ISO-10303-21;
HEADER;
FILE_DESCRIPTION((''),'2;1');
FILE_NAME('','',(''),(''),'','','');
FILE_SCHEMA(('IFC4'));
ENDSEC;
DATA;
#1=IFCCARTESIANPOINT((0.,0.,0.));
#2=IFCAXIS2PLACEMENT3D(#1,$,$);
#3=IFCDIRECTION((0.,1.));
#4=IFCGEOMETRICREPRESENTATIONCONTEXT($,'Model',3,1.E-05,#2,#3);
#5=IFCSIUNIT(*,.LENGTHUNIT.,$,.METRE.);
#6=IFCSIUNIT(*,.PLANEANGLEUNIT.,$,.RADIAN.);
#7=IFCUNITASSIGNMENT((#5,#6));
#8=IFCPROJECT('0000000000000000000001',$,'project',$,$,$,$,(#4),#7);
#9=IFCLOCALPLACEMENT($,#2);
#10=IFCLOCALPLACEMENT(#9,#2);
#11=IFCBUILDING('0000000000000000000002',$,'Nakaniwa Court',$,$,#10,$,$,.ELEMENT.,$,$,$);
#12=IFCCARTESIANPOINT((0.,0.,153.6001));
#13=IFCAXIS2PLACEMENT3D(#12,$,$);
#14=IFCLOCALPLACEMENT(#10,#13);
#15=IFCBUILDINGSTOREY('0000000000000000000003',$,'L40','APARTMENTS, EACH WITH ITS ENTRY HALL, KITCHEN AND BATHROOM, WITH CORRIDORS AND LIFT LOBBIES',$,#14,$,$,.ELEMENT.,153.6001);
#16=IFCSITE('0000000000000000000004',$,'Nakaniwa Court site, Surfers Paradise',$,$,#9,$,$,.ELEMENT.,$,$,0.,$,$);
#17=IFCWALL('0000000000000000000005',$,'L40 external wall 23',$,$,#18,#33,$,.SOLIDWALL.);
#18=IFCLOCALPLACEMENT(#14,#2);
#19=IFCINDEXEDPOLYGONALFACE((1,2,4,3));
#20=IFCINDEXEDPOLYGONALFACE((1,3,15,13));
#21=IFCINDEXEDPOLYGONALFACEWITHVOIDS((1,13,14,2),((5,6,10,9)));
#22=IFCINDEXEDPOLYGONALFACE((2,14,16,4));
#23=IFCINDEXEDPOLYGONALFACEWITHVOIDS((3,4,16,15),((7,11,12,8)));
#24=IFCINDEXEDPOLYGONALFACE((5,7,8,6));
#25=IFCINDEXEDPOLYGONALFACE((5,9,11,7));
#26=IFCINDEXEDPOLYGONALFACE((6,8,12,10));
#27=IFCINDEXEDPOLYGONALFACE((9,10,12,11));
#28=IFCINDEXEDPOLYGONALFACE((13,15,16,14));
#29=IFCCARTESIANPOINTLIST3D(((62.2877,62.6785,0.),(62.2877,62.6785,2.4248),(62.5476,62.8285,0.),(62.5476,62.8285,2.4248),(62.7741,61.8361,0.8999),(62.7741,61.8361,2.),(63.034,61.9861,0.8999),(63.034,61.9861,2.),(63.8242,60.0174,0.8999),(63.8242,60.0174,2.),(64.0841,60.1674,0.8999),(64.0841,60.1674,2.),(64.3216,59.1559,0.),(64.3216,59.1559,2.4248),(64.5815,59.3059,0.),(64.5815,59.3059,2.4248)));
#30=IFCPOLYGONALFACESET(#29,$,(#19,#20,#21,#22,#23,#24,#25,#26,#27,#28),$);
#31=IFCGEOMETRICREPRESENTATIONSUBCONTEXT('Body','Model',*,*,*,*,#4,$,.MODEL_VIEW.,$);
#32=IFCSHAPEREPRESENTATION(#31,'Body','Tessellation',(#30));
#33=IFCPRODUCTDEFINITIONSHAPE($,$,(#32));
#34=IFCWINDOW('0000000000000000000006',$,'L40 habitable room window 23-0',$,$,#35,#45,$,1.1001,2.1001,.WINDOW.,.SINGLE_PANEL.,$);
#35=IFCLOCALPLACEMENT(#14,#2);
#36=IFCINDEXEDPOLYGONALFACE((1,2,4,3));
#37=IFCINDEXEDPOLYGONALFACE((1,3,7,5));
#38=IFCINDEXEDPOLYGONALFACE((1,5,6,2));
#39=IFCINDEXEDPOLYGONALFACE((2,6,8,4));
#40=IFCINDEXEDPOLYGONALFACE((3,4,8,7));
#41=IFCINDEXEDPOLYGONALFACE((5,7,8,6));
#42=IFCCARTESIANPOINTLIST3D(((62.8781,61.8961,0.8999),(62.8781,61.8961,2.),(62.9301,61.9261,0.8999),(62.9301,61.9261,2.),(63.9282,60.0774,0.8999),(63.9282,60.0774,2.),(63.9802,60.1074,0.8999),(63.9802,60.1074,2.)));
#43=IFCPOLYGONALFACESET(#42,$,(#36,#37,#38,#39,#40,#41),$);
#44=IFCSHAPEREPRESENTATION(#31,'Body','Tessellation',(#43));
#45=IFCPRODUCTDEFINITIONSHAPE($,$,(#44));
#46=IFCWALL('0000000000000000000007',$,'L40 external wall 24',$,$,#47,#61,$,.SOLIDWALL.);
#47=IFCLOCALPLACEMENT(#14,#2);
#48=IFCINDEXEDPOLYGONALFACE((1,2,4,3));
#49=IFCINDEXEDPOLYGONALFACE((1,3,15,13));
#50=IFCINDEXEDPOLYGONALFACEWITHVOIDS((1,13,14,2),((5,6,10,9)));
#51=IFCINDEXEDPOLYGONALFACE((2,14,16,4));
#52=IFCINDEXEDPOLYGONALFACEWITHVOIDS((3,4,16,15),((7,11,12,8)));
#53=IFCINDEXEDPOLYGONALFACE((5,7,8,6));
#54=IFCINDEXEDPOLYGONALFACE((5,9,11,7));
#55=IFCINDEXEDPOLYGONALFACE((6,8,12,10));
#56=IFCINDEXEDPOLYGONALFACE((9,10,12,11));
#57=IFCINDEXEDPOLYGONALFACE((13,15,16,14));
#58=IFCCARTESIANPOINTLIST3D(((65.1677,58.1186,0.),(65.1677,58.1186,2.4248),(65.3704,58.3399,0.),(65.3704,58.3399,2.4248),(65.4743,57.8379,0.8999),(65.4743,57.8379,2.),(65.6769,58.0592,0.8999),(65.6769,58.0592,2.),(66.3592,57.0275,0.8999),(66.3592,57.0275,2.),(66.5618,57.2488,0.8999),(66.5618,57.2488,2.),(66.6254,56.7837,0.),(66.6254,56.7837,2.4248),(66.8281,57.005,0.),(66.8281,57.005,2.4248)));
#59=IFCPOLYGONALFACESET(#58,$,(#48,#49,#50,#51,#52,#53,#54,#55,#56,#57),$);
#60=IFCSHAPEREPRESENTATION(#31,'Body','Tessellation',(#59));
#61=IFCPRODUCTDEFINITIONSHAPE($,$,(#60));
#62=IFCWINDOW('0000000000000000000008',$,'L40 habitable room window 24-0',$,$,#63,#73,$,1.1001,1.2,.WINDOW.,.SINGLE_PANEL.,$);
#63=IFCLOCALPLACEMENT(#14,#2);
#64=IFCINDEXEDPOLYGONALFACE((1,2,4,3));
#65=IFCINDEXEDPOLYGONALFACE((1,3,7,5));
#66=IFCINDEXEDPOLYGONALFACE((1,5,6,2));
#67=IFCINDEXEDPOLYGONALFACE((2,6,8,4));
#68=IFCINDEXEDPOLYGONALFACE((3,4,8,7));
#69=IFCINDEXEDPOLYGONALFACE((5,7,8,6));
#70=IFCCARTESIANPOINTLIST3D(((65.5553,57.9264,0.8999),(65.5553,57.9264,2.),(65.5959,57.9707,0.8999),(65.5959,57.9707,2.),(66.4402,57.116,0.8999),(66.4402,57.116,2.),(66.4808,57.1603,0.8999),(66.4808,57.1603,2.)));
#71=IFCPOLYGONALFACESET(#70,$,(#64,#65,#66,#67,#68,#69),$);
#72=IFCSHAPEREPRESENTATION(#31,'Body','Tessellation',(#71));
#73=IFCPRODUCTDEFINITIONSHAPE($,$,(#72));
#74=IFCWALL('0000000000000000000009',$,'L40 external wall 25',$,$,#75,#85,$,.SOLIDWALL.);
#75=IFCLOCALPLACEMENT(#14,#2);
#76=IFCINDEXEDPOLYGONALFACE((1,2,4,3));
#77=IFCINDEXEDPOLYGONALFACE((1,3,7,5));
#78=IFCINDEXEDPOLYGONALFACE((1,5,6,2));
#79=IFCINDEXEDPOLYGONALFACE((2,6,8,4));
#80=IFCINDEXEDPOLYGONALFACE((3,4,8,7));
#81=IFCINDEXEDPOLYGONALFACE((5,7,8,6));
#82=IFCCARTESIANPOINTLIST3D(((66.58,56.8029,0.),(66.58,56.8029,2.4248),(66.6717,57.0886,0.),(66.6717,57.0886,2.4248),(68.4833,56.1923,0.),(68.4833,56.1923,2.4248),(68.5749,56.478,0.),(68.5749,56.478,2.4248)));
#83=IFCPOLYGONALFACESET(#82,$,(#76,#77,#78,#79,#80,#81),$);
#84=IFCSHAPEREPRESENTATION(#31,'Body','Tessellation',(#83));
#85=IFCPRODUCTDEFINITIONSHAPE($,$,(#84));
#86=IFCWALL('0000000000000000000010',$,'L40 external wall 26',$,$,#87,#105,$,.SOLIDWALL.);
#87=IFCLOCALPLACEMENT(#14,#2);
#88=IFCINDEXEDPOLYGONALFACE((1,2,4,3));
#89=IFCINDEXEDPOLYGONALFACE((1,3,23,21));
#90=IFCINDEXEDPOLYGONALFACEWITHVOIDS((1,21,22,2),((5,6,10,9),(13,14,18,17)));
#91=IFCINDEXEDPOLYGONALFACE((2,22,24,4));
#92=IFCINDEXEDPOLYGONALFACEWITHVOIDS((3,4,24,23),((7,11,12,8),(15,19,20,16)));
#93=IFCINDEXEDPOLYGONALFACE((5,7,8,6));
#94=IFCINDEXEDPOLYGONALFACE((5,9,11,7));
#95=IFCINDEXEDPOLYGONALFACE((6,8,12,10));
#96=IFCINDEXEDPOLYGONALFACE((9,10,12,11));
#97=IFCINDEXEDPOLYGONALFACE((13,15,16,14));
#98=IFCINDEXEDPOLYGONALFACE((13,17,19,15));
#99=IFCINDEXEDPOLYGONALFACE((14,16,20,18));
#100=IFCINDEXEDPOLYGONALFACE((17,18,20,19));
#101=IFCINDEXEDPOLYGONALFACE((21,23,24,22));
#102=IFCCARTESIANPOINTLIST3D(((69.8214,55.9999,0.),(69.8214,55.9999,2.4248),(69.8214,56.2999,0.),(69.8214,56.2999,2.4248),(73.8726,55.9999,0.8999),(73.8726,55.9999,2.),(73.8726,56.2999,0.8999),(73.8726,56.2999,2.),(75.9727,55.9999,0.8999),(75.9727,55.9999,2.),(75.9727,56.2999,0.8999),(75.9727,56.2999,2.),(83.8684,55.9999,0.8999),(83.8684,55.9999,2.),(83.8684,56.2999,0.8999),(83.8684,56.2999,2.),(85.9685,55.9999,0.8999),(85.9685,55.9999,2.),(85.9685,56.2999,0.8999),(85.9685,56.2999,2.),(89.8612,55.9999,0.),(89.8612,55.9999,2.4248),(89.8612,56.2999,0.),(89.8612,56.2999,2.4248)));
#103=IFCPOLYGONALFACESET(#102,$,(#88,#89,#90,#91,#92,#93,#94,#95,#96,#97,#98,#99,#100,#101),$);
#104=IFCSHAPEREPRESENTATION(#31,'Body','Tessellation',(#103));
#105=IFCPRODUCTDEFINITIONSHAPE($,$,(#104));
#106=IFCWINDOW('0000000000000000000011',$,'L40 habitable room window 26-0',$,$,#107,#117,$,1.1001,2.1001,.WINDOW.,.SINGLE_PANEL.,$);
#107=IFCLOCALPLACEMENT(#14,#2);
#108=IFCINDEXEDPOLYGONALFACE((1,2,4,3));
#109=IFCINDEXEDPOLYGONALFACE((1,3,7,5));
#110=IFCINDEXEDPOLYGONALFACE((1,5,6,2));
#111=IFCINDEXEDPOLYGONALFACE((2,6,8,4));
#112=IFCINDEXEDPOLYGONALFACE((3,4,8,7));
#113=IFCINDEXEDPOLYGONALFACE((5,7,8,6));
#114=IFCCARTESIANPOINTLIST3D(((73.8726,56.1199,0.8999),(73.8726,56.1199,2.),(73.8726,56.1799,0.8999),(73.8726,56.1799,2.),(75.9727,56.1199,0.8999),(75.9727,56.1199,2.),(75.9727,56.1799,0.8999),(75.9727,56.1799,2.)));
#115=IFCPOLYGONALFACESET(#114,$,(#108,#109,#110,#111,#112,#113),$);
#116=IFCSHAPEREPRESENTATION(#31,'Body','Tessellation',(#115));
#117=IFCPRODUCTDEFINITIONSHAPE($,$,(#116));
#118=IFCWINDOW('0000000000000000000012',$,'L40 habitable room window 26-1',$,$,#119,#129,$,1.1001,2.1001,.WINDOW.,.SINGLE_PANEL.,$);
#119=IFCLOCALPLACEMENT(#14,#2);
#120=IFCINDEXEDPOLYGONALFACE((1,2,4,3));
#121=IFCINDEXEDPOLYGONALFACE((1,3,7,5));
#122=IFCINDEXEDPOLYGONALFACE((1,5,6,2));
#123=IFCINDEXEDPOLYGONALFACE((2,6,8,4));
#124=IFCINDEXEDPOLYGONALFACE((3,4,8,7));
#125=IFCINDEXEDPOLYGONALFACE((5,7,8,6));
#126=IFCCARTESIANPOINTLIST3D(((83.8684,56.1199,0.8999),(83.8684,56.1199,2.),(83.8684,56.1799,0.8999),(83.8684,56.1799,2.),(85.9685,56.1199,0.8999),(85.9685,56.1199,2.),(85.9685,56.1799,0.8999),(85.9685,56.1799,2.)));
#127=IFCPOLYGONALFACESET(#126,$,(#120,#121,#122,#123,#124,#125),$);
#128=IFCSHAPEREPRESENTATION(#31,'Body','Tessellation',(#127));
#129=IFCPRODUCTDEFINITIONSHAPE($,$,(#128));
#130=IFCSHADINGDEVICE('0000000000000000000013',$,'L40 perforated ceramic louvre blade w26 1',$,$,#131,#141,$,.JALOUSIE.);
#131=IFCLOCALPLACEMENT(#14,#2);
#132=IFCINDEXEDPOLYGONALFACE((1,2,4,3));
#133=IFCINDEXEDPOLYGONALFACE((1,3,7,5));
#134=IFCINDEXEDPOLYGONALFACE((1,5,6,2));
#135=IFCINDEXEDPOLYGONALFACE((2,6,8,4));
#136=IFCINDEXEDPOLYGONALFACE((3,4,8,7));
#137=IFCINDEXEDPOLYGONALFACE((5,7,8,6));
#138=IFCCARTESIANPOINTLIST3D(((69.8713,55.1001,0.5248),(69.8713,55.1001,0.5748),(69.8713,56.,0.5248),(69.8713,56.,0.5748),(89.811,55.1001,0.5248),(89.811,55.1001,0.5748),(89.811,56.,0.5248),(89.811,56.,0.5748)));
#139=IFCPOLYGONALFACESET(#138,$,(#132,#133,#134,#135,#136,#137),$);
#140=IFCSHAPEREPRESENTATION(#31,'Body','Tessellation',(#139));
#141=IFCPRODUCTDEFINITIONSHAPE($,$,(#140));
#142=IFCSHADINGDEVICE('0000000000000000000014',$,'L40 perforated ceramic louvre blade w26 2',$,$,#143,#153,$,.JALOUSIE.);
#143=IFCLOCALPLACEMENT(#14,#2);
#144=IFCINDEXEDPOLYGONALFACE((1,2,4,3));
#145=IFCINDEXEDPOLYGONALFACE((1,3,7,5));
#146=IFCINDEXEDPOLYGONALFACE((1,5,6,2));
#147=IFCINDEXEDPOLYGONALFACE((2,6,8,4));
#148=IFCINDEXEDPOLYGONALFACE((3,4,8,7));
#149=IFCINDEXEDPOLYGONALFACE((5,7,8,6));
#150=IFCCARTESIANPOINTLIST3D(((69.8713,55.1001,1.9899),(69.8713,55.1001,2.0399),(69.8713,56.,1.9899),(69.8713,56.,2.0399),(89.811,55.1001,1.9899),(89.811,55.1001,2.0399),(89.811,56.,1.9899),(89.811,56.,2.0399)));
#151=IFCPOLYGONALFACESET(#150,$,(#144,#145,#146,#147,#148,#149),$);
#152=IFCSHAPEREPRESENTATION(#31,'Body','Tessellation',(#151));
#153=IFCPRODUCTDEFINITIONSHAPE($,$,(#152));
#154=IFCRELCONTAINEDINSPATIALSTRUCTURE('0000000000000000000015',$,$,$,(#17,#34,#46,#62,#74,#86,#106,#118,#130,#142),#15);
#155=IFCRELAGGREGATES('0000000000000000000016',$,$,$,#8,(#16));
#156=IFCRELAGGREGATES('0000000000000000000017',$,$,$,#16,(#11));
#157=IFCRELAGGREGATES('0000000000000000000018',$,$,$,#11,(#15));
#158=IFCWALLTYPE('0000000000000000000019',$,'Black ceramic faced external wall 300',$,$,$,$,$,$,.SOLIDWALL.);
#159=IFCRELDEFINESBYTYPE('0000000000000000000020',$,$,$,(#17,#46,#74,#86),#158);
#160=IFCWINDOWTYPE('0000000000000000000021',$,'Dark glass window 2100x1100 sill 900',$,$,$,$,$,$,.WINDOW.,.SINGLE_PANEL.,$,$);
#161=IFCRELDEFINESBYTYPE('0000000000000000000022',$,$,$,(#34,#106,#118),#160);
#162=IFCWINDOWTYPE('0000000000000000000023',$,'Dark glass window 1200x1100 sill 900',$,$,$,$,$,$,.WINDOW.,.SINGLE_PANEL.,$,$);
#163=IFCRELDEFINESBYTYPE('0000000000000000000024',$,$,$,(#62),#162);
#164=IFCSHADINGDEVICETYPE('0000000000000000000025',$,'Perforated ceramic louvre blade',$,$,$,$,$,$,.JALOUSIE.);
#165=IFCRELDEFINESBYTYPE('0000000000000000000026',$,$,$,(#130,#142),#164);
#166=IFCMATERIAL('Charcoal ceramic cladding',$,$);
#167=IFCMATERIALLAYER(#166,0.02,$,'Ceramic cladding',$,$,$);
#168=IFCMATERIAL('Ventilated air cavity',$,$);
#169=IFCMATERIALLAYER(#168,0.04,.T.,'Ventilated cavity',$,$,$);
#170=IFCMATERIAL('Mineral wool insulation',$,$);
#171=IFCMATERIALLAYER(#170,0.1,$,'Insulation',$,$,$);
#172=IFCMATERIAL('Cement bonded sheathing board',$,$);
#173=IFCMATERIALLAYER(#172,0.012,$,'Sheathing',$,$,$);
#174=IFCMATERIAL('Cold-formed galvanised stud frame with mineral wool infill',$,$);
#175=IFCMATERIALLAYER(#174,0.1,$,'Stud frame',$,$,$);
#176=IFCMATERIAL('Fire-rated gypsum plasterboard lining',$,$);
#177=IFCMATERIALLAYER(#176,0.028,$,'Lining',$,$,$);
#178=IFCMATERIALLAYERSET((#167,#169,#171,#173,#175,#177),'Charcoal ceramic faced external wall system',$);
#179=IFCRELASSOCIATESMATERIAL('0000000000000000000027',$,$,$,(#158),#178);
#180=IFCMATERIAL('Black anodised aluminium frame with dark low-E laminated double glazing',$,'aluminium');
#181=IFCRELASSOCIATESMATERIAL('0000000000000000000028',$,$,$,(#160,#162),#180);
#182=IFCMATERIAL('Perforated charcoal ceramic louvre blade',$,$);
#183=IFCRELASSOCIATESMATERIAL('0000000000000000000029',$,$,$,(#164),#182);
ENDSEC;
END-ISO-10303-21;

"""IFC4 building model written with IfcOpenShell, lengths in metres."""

from ifc_helpers import new_model, si_unit, direction, frame, frame_2d, origin, origin_2d, place, context, subcontext, project, spatial, rectangle, extrude, material, layer, layer_set, material_profile, profile_set, type_object, element, fill, save


model = new_model("IFC4")

# Units and contexts
model_context = context("Model", 3, precision=1e-05, world=origin(), true_north=direction((0.0, 1.0)))
body_context = subcontext(model_context, "Body", "Model", "MODEL_VIEW")
ifc_project = project(units=[si_unit("LENGTHUNIT", "METRE"), si_unit("PLANEANGLEUNIT", "RADIAN")], contexts=[model_context])

# Site, building, storey
site_placement = place(None, origin())
site = spatial("IfcSite", under=ifc_project, at=site_placement, Name="Nakaniwa Court site, Surfers Paradise", CompositionType="ELEMENT", RefElevation=0.0)
building_placement = place(site_placement, origin())
building = spatial("IfcBuilding", under=site, at=building_placement, Name="Nakaniwa Court", CompositionType="ELEMENT")
storey_placement = place(building_placement, frame((0.0, 0.0, 153.6001)))
storey = spatial("IfcBuildingStorey", under=building, at=storey_placement, Name="L40", Description="APARTMENTS, EACH WITH ITS ENTRY HALL, KITCHEN AND BATHROOM, WITH CORRIDORS AND LIFT LOBBIES", CompositionType="ELEMENT", Elevation=153.6001)

# Walls, openings, windows
ifc_material_1 = material(Name="Charcoal ceramic cladding")
ifc_layer_1 = layer(ifc_material_1, 0.02, Name="Ceramic cladding")
ifc_material_2 = material(Name="Ventilated air cavity")
ifc_layer_2 = layer(ifc_material_2, 0.04, ventilated=True, Name="Ventilated cavity")
ifc_material_3 = material(Name="Mineral wool insulation")
ifc_layer_3 = layer(ifc_material_3, 0.1, Name="Insulation")
ifc_material_4 = material(Name="Cement bonded sheathing board")
ifc_layer_4 = layer(ifc_material_4, 0.012, Name="Sheathing")
ifc_material_5 = material(Name="Cold-formed galvanised stud frame with mineral wool infill")
ifc_layer_5 = layer(ifc_material_5, 0.1, Name="Stud frame")
ifc_material_6 = material(Name="Fire-rated gypsum plasterboard lining")
ifc_layer_6 = layer(ifc_material_6, 0.028, Name="Lining")
ifc_layer_set_1 = layer_set([ifc_layer_1, ifc_layer_2, ifc_layer_3, ifc_layer_4, ifc_layer_5, ifc_layer_6], Name="Charcoal ceramic faced external wall system")
wall_type_1 = type_object("IfcWallType", Name="Black ceramic faced external wall 300", PredefinedType="SOLIDWALL", material=ifc_layer_set_1)
wall_1_placement = place(storey_placement, frame((62.4177, 62.7534, 0.0), z_axis=(0.0, 0.0, 1.0), x_axis=(0.500019, -0.866015, 0.0)))
wall_1 = element("IfcWall", 1, at=wall_1_placement, inside=storey, type_object=wall_type_1, Name="L40 external wall 23", PredefinedType="SOLIDWALL", context=body_context, shape_type="SweptSolid", body=[
    extrude(rectangle(XDim=4.0676, YDim=0.3, at=frame_2d((2.0337, 0.0))), origin(), (0.0, 0.0, 1.0), 2.4248),
])
opening_1_placement = place(wall_1_placement, frame((0.9727, 0.0, 0.8999)))
opening_1 = element("IfcOpeningElement", 2, at=opening_1_placement, cuts=wall_1, PredefinedType="OPENING", context=body_context, shape_type="SweptSolid", body=[
    extrude(rectangle(XDim=2.1001, YDim=1.1001, at=frame_2d((1.05, 0.55))), frame((0.0, 0.1599, 0.0), z_axis=(0.0, -1.0, 0.0), x_axis=(1.0, 0.0, 0.0)), (0.0, 0.0, 1.0), 0.3201),
])
ifc_material_7 = material(Name="Black anodised aluminium frame with dark low-E laminated double glazing", Category="aluminium")
window_type_1 = type_object("IfcWindowType", Name="Dark glass window 2100x1100 sill 900", PartitioningType="SINGLE_PANEL", PredefinedType="WINDOW", material=ifc_material_7)
window_1_placement = place(opening_1_placement, origin())
window_1 = element("IfcWindow", 3, at=window_1_placement, inside=storey, type_object=window_type_1, Name="L40 habitable room window 23-0", OverallHeight=1.1001, OverallWidth=2.1001, PartitioningType="SINGLE_PANEL", PredefinedType="WINDOW", context=body_context, shape_type="SweptSolid", body=[
    extrude(rectangle(XDim=2.1001, YDim=1.1001, at=frame_2d((1.05, 0.55))), frame((0.0, 0.03, 0.0), z_axis=(0.0, -1.0, 0.0), x_axis=(1.0, 0.0, 0.0)), (0.0, 0.0, 1.0), 0.0601),
])
fill(opening_1, window_1)
wall_2_placement = place(storey_placement, frame((65.269, 58.2292, 0.0), z_axis=(0.0, 0.0, 1.0), x_axis=(0.737487, -0.675361, 0.0)))
wall_2 = element("IfcWall", 4, at=wall_2_placement, inside=storey, type_object=wall_type_1, Name="L40 external wall 24", PredefinedType="SOLIDWALL", context=body_context, shape_type="SweptSolid", body=[
    extrude(rectangle(XDim=1.9766, YDim=0.3, at=frame_2d((0.9883, 0.0))), origin(), (0.0, 0.0, 1.0), 2.4248),
])
opening_2_placement = place(wall_2_placement, frame((0.4155, 0.0, 0.8999)))
opening_2 = element("IfcOpeningElement", 5, at=opening_2_placement, cuts=wall_2, PredefinedType="OPENING", context=body_context, shape_type="SweptSolid", body=[
    extrude(rectangle(XDim=1.2, YDim=1.1001, at=frame_2d((0.6001, 0.55))), frame((0.0, 0.1599, 0.0), z_axis=(0.0, -1.0, 0.0), x_axis=(1.0, 0.0, 0.0)), (0.0, 0.0, 1.0), 0.3201),
])
window_type_2 = type_object("IfcWindowType", Name="Dark glass window 1200x1100 sill 900", PartitioningType="SINGLE_PANEL", PredefinedType="WINDOW", material=ifc_material_7)
window_2_placement = place(opening_2_placement, origin())
window_2 = element("IfcWindow", 6, at=window_2_placement, inside=storey, type_object=window_type_2, Name="L40 habitable room window 24-0", OverallHeight=1.1001, OverallWidth=1.2, PartitioningType="SINGLE_PANEL", PredefinedType="WINDOW", context=body_context, shape_type="SweptSolid", body=[
    extrude(rectangle(XDim=1.2, YDim=1.1001, at=frame_2d((0.6001, 0.55))), frame((0.0, 0.03, 0.0), z_axis=(0.0, -1.0, 0.0), x_axis=(1.0, 0.0, 0.0)), (0.0, 0.0, 1.0), 0.0601),
])
fill(opening_2, window_2)

# Wall
wall_3_placement = place(storey_placement, frame((66.6257, 56.9458, 0.0), z_axis=(0.0, 0.0, 1.0), x_axis=(0.952201, -0.305471, 0.0)))
element("IfcWall", 7, at=wall_3_placement, inside=storey, type_object=wall_type_1, Name="L40 external wall 25", PredefinedType="SOLIDWALL", context=body_context, shape_type="SweptSolid", body=[
    extrude(rectangle(XDim=1.9988, YDim=0.3, at=frame_2d((0.9995, 0.0))), origin(), (0.0, 0.0, 1.0), 2.4248),
])

# Wall, openings, windows
wall_4_placement = place(storey_placement, frame((69.8213, 56.1499, 0.0), z_axis=(0.0, 0.0, 1.0), x_axis=(1.0, 0.0, 0.0)))
wall_4 = element("IfcWall", 8, at=wall_4_placement, inside=storey, type_object=wall_type_1, Name="L40 external wall 26", PredefinedType="SOLIDWALL", context=body_context, shape_type="SweptSolid", body=[
    extrude(rectangle(XDim=20.0398, YDim=0.3, at=frame_2d((10.02, 0.0))), origin(), (0.0, 0.0, 1.0), 2.4248),
])
opening_3_placement = place(wall_4_placement, frame((4.0513, 0.0, 0.8999)))
opening_3 = element("IfcOpeningElement", 9, at=opening_3_placement, cuts=wall_4, PredefinedType="OPENING", context=body_context, shape_type="SweptSolid", body=[
    extrude(rectangle(XDim=2.1001, YDim=1.1001, at=frame_2d((1.05, 0.55))), frame((0.0, 0.1599, 0.0), z_axis=(0.0, -1.0, 0.0), x_axis=(1.0, 0.0, 0.0)), (0.0, 0.0, 1.0), 0.3201),
])
opening_4_placement = place(wall_4_placement, frame((14.0471, 0.0, 0.8999)))
opening_4 = element("IfcOpeningElement", 10, at=opening_4_placement, cuts=wall_4, PredefinedType="OPENING", context=body_context, shape_type="SweptSolid", body=[
    extrude(rectangle(XDim=2.1001, YDim=1.1001, at=frame_2d((1.05, 0.55))), frame((0.0, 0.1599, 0.0), z_axis=(0.0, -1.0, 0.0), x_axis=(1.0, 0.0, 0.0)), (0.0, 0.0, 1.0), 0.3201),
])
window_3_placement = place(opening_3_placement, origin())
window_3 = element("IfcWindow", 11, at=window_3_placement, inside=storey, type_object=window_type_1, Name="L40 habitable room window 26-0", OverallHeight=1.1001, OverallWidth=2.1001, PartitioningType="SINGLE_PANEL", PredefinedType="WINDOW", context=body_context, shape_type="SweptSolid", body=[
    extrude(rectangle(XDim=2.1001, YDim=1.1001, at=frame_2d((1.05, 0.55))), frame((0.0, 0.03, 0.0), z_axis=(0.0, -1.0, 0.0), x_axis=(1.0, 0.0, 0.0)), (0.0, 0.0, 1.0), 0.0601),
])
fill(opening_3, window_3)
window_4_placement = place(opening_4_placement, origin())
window_4 = element("IfcWindow", 12, at=window_4_placement, inside=storey, type_object=window_type_1, Name="L40 habitable room window 26-1", OverallHeight=1.1001, OverallWidth=2.1001, PartitioningType="SINGLE_PANEL", PredefinedType="WINDOW", context=body_context, shape_type="SweptSolid", body=[
    extrude(rectangle(XDim=2.1001, YDim=1.1001, at=frame_2d((1.05, 0.55))), frame((0.0, 0.03, 0.0), z_axis=(0.0, -1.0, 0.0), x_axis=(1.0, 0.0, 0.0)), (0.0, 0.0, 1.0), 0.0601),
])
fill(opening_4, window_4)

# Shading devices
ifc_material_8 = material(Name="Perforated charcoal ceramic louvre blade")
ifc_material_profile_1 = material_profile(ifc_material_8, rectangle(XDim=0.8999, YDim=0.05, at=origin_2d()), Name="Perforated ceramic louvre blade")
ifc_profile_set_1 = profile_set([ifc_material_profile_1], Name="Perforated charcoal ceramic louvre blade")
shading_device_type = type_object("IfcShadingDeviceType", Name="Perforated ceramic louvre blade", PredefinedType="JALOUSIE", material=ifc_profile_set_1)
for number, where, z_axis, x_axis, name in (
    (13, (69.8713, 55.55, 0.5498), (1.0, 0.0, 0.0), (0.0, 1.0, 0.0), "L40 perforated ceramic louvre blade w26 1"),
    (14, (69.8713, 55.55, 2.0149), (1.0, 0.0, 0.0), (0.0, 1.0, 0.0), "L40 perforated ceramic louvre blade w26 2"),
):
    element("IfcShadingDevice", number, at=place(storey_placement, frame(where, z_axis=z_axis, x_axis=x_axis)), inside=storey, type_object=shading_device_type, Name=name, PredefinedType="JALOUSIE", context=body_context, shape_type="SweptSolid", body=[
        extrude(rectangle(XDim=0.8999, YDim=0.05, at=origin_2d()), origin(), (0.0, 0.0, 1.0), 19.9397),
    ])

save(model, "model.ifc")
